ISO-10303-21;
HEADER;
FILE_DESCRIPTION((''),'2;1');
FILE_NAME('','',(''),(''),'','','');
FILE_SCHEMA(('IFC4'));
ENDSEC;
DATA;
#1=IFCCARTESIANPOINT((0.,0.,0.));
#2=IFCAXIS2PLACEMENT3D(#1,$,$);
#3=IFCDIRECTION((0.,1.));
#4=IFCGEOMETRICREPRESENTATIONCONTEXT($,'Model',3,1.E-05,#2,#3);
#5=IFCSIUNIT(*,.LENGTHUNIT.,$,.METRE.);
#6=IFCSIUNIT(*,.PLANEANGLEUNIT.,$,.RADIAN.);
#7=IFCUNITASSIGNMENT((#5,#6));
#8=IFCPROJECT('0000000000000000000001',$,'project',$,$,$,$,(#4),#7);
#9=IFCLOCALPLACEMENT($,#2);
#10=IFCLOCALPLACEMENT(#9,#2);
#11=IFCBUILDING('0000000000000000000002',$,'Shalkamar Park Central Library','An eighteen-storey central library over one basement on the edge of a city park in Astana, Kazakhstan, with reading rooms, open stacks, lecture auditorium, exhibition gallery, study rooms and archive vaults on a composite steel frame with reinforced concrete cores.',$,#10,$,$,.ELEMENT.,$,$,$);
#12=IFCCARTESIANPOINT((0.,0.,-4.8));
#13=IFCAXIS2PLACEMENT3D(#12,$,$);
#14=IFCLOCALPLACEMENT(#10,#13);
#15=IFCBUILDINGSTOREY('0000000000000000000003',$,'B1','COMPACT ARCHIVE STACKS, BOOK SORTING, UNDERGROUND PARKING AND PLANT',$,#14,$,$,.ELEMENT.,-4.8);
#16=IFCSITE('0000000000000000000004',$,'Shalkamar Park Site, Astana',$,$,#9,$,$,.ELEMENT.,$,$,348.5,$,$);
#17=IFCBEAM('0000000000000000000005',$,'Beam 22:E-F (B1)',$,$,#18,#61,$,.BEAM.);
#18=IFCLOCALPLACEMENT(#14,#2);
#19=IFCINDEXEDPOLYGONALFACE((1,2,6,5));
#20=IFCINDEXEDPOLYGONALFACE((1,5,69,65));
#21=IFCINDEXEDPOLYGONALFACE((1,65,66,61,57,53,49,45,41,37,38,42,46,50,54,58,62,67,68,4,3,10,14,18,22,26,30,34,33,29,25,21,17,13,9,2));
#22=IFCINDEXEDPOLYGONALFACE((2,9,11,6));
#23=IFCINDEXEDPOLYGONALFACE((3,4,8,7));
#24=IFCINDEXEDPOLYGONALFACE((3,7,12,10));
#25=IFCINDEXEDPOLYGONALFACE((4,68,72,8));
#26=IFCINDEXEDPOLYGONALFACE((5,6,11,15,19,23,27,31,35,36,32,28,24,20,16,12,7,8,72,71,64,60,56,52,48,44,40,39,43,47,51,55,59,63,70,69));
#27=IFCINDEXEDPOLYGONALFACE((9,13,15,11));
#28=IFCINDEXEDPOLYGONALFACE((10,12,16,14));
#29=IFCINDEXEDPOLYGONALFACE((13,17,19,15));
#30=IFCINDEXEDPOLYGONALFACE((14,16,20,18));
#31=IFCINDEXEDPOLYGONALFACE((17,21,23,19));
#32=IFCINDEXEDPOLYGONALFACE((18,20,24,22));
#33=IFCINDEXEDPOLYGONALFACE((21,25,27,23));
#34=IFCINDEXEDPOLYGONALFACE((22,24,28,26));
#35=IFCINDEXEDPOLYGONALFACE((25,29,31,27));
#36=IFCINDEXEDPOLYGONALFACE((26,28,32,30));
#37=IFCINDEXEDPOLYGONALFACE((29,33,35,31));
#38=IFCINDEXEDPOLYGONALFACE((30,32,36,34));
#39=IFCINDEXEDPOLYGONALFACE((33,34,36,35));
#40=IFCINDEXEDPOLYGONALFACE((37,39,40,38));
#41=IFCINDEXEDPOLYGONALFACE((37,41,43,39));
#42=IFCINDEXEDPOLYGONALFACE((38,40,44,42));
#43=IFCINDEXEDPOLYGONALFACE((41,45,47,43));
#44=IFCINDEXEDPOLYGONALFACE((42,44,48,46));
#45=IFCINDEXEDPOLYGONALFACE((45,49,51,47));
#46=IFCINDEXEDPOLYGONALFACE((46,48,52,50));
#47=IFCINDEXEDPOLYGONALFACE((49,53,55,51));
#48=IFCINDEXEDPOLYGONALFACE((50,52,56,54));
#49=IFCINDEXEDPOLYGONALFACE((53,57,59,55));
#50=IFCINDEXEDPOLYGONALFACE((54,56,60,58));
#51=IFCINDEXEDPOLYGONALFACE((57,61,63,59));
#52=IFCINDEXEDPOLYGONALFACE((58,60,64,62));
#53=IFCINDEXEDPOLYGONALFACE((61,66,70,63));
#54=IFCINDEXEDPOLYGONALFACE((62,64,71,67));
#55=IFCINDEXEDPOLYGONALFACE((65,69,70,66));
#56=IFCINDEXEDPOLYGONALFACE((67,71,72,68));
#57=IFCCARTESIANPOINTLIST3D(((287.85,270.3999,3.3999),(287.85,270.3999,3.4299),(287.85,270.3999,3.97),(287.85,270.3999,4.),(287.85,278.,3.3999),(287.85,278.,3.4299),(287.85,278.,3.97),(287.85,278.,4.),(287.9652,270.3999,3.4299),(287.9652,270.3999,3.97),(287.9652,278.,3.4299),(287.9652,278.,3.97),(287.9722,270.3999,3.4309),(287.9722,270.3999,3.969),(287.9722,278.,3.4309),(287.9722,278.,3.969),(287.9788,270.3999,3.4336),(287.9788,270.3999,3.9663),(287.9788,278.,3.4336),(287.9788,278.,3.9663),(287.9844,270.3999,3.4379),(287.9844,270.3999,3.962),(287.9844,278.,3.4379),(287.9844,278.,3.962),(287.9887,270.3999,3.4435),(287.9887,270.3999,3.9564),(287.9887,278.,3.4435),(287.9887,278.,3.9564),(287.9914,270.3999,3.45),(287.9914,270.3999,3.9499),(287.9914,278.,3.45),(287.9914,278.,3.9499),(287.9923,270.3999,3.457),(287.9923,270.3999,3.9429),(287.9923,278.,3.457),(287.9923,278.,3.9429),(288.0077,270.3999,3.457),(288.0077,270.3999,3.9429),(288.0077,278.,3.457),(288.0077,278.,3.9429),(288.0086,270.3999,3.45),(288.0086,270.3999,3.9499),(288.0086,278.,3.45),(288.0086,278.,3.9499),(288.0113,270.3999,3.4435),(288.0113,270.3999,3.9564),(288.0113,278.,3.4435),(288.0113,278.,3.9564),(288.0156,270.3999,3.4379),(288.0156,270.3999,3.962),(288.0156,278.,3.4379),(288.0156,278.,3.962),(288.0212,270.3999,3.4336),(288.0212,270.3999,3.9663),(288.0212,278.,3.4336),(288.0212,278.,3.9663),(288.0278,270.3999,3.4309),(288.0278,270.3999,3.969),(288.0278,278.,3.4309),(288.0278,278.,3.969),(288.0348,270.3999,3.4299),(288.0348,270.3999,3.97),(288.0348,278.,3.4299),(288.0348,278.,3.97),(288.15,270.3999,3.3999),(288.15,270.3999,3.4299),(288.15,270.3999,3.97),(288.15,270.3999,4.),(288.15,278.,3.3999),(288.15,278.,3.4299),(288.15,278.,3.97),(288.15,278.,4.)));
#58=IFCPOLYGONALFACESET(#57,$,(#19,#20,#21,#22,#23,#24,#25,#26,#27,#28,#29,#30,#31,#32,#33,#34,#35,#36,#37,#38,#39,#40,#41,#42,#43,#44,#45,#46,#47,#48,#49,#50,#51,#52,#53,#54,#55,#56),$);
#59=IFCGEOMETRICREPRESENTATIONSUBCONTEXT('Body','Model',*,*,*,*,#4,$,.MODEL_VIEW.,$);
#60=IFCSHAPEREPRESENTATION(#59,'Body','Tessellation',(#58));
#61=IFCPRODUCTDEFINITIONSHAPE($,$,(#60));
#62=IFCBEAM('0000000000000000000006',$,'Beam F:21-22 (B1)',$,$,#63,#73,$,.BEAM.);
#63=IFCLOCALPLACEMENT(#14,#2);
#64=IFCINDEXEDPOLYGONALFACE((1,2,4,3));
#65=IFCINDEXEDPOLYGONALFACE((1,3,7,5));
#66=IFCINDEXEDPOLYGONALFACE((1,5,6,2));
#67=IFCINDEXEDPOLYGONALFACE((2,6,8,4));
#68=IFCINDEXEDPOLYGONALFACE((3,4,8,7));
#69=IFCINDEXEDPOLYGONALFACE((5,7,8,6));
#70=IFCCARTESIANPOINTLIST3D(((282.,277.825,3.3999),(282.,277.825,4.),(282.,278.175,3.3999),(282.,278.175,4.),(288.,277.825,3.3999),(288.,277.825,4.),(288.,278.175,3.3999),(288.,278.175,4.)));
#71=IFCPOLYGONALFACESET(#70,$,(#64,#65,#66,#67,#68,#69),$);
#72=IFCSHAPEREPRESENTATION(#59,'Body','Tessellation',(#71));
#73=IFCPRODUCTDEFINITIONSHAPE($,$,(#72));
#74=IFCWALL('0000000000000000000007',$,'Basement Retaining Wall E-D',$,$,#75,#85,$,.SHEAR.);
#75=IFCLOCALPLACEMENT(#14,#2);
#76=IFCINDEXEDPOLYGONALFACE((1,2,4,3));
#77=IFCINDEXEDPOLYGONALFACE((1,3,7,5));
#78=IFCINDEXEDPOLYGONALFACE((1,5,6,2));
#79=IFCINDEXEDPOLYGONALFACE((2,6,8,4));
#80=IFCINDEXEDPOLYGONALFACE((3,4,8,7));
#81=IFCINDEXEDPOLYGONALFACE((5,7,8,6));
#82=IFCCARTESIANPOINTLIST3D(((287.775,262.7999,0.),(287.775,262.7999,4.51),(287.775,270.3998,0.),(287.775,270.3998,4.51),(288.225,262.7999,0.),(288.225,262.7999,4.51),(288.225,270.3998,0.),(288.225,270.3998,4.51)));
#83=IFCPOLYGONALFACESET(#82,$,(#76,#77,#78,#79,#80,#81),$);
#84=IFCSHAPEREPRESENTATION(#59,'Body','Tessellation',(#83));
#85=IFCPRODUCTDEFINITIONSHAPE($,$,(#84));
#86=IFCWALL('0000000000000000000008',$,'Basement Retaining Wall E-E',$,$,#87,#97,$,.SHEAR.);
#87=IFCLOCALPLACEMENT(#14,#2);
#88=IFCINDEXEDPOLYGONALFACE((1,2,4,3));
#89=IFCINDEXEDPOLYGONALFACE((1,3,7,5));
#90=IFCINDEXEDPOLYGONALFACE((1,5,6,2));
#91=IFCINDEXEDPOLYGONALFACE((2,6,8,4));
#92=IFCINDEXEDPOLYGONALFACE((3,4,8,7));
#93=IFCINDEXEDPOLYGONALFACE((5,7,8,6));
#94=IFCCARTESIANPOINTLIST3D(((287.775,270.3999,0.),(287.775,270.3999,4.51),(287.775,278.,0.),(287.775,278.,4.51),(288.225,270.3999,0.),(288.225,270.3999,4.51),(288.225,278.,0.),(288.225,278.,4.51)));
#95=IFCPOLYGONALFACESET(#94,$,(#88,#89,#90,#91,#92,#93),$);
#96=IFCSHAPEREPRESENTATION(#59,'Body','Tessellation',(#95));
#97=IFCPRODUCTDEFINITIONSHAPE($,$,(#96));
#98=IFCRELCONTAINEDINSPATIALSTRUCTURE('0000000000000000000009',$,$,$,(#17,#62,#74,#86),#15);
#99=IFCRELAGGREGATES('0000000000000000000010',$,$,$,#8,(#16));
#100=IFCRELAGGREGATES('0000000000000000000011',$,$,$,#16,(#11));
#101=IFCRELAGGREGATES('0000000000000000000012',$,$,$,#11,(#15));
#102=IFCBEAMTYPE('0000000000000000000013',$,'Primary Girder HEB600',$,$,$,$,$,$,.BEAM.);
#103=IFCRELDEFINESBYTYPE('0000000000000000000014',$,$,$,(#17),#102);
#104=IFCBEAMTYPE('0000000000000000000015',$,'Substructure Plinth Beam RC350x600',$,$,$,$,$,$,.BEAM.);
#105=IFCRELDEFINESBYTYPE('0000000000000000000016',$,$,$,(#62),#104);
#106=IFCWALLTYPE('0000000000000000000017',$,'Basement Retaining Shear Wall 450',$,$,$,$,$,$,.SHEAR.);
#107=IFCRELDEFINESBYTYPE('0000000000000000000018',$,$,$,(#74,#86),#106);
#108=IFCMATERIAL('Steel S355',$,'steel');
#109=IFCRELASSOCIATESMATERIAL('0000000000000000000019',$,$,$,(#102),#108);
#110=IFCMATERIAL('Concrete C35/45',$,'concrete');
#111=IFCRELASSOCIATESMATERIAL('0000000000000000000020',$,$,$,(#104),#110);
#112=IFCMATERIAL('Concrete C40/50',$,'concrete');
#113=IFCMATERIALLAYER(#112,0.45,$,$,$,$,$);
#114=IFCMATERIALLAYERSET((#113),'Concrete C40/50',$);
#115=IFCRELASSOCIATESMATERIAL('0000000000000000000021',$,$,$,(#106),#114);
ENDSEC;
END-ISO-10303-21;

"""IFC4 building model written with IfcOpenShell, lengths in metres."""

from ifc_helpers import new_model, si_unit, direction, frame, frame_2d, origin, origin_2d, place, context, subcontext, project, spatial, rectangle, i_section, extrude, material, layer, layer_set, material_profile, profile_set, type_object, element, save


model = new_model("IFC4")

# Units and contexts
model_context = context("Model", 3, precision=1e-05, world=origin(), true_north=direction((0.0, 1.0)))
body_context = subcontext(model_context, "Body", "Model", "MODEL_VIEW")
ifc_project = project(units=[si_unit("LENGTHUNIT", "METRE"), si_unit("PLANEANGLEUNIT", "RADIAN")], contexts=[model_context])

# Site, building, storey
site_placement = place(None, origin())
site = spatial("IfcSite", under=ifc_project, at=site_placement, Name="Shalkamar Park Site, Astana", CompositionType="ELEMENT", RefElevation=348.5)
building_placement = place(site_placement, origin())
building = spatial("IfcBuilding", under=site, at=building_placement, Name="Shalkamar Park Central Library", Description="An eighteen-storey central library over one basement on the edge of a city park in Astana, Kazakhstan, with reading rooms, open stacks, lecture auditorium, exhibition gallery, study rooms and archive vaults on a composite steel frame with reinforced concrete cores.", CompositionType="ELEMENT")
storey_placement = place(building_placement, frame((0.0, 0.0, -4.8)))
storey = spatial("IfcBuildingStorey", under=building, at=storey_placement, Name="B1", Description="COMPACT ARCHIVE STACKS, BOOK SORTING, UNDERGROUND PARKING AND PLANT", CompositionType="ELEMENT", Elevation=-4.8)

# Shared definitions
ifc_material_1 = material(Name="Concrete C35/45", Category="concrete")

# Shared definitions
ifc_material_2 = material(Name="Concrete C40/50", Category="concrete")
ifc_material_3 = material(Name="Steel S355", Category="steel")

# Beams
ifc_material_profile_1 = material_profile(ifc_material_3, i_section(OverallWidth=0.3, OverallDepth=0.6001, WebThickness=0.0154, FlangeThickness=0.03, FilletRadius=0.0271, at=origin_2d()), Name="HEB 600")
ifc_profile_set_1 = profile_set([ifc_material_profile_1], Name="Steel S355")
beam_type_1 = type_object("IfcBeamType", Name="Primary Girder HEB600", PredefinedType="BEAM", material=ifc_profile_set_1)
beam_1_placement = place(storey_placement, frame((288.0, 270.3999, 3.7), z_axis=(0.0, 1.0, 0.0), x_axis=(-1.0, 0.0, 0.0)))
element("IfcBeam", 1, at=beam_1_placement, inside=storey, type_object=beam_type_1, Name="Beam 22:E-F (B1)", PredefinedType="BEAM", context=body_context, shape_type="SweptSolid", body=[
    extrude(i_section(OverallWidth=0.3, OverallDepth=0.6001, WebThickness=0.0154, FlangeThickness=0.03, FilletRadius=0.0271, at=origin_2d()), origin(), (0.0, 0.0, 1.0), 7.6001),
])
ifc_material_profile_2 = material_profile(ifc_material_1, rectangle(XDim=0.3501, YDim=0.6001, at=origin_2d()), Name="RC 350x600")
ifc_profile_set_2 = profile_set([ifc_material_profile_2], Name="Concrete C35/45")
beam_type_2 = type_object("IfcBeamType", Name="Substructure Plinth Beam RC350x600", PredefinedType="BEAM", material=ifc_profile_set_2)
beam_2_placement = place(storey_placement, frame((282.0, 278.0, 3.7), z_axis=(1.0, 0.0, 0.0), x_axis=(0.0, 1.0, 0.0)))
element("IfcBeam", 2, at=beam_2_placement, inside=storey, type_object=beam_type_2, Name="Beam F:21-22 (B1)", PredefinedType="BEAM", context=body_context, shape_type="SweptSolid", body=[
    extrude(rectangle(XDim=0.3501, YDim=0.6001, at=origin_2d()), origin(), (0.0, 0.0, 1.0), 6.0),
])

# Walls
ifc_layer = layer(ifc_material_2, 0.45)
ifc_layer_set = layer_set([ifc_layer], Name="Concrete C40/50")
wall_type = type_object("IfcWallType", Name="Basement Retaining Shear Wall 450", PredefinedType="SHEAR", material=ifc_layer_set)
wall_1_placement = place(storey_placement, frame((288.0, 262.8, 0.0), z_axis=(0.0, 0.0, 1.0), x_axis=(0.0, 1.0, 0.0)))
element("IfcWall", 3, at=wall_1_placement, inside=storey, type_object=wall_type, Name="Basement Retaining Wall E-D", PredefinedType="SHEAR", context=body_context, shape_type="SweptSolid", body=[
    extrude(rectangle(XDim=7.5999, YDim=0.45, at=frame_2d((3.7998, 0.0))), origin(), (0.0, 0.0, 1.0), 4.51),
])
wall_2_placement = place(storey_placement, frame((288.0, 270.3999, 0.0), z_axis=(0.0, 0.0, 1.0), x_axis=(0.0, 1.0, 0.0)))
element("IfcWall", 4, at=wall_2_placement, inside=storey, type_object=wall_type, Name="Basement Retaining Wall E-E", PredefinedType="SHEAR", context=body_context, shape_type="SweptSolid", body=[
    extrude(rectangle(XDim=7.6001, YDim=0.45, at=frame_2d((3.8, 0.0))), origin(), (0.0, 0.0, 1.0), 4.51),
])

save(model, "model.ifc")
